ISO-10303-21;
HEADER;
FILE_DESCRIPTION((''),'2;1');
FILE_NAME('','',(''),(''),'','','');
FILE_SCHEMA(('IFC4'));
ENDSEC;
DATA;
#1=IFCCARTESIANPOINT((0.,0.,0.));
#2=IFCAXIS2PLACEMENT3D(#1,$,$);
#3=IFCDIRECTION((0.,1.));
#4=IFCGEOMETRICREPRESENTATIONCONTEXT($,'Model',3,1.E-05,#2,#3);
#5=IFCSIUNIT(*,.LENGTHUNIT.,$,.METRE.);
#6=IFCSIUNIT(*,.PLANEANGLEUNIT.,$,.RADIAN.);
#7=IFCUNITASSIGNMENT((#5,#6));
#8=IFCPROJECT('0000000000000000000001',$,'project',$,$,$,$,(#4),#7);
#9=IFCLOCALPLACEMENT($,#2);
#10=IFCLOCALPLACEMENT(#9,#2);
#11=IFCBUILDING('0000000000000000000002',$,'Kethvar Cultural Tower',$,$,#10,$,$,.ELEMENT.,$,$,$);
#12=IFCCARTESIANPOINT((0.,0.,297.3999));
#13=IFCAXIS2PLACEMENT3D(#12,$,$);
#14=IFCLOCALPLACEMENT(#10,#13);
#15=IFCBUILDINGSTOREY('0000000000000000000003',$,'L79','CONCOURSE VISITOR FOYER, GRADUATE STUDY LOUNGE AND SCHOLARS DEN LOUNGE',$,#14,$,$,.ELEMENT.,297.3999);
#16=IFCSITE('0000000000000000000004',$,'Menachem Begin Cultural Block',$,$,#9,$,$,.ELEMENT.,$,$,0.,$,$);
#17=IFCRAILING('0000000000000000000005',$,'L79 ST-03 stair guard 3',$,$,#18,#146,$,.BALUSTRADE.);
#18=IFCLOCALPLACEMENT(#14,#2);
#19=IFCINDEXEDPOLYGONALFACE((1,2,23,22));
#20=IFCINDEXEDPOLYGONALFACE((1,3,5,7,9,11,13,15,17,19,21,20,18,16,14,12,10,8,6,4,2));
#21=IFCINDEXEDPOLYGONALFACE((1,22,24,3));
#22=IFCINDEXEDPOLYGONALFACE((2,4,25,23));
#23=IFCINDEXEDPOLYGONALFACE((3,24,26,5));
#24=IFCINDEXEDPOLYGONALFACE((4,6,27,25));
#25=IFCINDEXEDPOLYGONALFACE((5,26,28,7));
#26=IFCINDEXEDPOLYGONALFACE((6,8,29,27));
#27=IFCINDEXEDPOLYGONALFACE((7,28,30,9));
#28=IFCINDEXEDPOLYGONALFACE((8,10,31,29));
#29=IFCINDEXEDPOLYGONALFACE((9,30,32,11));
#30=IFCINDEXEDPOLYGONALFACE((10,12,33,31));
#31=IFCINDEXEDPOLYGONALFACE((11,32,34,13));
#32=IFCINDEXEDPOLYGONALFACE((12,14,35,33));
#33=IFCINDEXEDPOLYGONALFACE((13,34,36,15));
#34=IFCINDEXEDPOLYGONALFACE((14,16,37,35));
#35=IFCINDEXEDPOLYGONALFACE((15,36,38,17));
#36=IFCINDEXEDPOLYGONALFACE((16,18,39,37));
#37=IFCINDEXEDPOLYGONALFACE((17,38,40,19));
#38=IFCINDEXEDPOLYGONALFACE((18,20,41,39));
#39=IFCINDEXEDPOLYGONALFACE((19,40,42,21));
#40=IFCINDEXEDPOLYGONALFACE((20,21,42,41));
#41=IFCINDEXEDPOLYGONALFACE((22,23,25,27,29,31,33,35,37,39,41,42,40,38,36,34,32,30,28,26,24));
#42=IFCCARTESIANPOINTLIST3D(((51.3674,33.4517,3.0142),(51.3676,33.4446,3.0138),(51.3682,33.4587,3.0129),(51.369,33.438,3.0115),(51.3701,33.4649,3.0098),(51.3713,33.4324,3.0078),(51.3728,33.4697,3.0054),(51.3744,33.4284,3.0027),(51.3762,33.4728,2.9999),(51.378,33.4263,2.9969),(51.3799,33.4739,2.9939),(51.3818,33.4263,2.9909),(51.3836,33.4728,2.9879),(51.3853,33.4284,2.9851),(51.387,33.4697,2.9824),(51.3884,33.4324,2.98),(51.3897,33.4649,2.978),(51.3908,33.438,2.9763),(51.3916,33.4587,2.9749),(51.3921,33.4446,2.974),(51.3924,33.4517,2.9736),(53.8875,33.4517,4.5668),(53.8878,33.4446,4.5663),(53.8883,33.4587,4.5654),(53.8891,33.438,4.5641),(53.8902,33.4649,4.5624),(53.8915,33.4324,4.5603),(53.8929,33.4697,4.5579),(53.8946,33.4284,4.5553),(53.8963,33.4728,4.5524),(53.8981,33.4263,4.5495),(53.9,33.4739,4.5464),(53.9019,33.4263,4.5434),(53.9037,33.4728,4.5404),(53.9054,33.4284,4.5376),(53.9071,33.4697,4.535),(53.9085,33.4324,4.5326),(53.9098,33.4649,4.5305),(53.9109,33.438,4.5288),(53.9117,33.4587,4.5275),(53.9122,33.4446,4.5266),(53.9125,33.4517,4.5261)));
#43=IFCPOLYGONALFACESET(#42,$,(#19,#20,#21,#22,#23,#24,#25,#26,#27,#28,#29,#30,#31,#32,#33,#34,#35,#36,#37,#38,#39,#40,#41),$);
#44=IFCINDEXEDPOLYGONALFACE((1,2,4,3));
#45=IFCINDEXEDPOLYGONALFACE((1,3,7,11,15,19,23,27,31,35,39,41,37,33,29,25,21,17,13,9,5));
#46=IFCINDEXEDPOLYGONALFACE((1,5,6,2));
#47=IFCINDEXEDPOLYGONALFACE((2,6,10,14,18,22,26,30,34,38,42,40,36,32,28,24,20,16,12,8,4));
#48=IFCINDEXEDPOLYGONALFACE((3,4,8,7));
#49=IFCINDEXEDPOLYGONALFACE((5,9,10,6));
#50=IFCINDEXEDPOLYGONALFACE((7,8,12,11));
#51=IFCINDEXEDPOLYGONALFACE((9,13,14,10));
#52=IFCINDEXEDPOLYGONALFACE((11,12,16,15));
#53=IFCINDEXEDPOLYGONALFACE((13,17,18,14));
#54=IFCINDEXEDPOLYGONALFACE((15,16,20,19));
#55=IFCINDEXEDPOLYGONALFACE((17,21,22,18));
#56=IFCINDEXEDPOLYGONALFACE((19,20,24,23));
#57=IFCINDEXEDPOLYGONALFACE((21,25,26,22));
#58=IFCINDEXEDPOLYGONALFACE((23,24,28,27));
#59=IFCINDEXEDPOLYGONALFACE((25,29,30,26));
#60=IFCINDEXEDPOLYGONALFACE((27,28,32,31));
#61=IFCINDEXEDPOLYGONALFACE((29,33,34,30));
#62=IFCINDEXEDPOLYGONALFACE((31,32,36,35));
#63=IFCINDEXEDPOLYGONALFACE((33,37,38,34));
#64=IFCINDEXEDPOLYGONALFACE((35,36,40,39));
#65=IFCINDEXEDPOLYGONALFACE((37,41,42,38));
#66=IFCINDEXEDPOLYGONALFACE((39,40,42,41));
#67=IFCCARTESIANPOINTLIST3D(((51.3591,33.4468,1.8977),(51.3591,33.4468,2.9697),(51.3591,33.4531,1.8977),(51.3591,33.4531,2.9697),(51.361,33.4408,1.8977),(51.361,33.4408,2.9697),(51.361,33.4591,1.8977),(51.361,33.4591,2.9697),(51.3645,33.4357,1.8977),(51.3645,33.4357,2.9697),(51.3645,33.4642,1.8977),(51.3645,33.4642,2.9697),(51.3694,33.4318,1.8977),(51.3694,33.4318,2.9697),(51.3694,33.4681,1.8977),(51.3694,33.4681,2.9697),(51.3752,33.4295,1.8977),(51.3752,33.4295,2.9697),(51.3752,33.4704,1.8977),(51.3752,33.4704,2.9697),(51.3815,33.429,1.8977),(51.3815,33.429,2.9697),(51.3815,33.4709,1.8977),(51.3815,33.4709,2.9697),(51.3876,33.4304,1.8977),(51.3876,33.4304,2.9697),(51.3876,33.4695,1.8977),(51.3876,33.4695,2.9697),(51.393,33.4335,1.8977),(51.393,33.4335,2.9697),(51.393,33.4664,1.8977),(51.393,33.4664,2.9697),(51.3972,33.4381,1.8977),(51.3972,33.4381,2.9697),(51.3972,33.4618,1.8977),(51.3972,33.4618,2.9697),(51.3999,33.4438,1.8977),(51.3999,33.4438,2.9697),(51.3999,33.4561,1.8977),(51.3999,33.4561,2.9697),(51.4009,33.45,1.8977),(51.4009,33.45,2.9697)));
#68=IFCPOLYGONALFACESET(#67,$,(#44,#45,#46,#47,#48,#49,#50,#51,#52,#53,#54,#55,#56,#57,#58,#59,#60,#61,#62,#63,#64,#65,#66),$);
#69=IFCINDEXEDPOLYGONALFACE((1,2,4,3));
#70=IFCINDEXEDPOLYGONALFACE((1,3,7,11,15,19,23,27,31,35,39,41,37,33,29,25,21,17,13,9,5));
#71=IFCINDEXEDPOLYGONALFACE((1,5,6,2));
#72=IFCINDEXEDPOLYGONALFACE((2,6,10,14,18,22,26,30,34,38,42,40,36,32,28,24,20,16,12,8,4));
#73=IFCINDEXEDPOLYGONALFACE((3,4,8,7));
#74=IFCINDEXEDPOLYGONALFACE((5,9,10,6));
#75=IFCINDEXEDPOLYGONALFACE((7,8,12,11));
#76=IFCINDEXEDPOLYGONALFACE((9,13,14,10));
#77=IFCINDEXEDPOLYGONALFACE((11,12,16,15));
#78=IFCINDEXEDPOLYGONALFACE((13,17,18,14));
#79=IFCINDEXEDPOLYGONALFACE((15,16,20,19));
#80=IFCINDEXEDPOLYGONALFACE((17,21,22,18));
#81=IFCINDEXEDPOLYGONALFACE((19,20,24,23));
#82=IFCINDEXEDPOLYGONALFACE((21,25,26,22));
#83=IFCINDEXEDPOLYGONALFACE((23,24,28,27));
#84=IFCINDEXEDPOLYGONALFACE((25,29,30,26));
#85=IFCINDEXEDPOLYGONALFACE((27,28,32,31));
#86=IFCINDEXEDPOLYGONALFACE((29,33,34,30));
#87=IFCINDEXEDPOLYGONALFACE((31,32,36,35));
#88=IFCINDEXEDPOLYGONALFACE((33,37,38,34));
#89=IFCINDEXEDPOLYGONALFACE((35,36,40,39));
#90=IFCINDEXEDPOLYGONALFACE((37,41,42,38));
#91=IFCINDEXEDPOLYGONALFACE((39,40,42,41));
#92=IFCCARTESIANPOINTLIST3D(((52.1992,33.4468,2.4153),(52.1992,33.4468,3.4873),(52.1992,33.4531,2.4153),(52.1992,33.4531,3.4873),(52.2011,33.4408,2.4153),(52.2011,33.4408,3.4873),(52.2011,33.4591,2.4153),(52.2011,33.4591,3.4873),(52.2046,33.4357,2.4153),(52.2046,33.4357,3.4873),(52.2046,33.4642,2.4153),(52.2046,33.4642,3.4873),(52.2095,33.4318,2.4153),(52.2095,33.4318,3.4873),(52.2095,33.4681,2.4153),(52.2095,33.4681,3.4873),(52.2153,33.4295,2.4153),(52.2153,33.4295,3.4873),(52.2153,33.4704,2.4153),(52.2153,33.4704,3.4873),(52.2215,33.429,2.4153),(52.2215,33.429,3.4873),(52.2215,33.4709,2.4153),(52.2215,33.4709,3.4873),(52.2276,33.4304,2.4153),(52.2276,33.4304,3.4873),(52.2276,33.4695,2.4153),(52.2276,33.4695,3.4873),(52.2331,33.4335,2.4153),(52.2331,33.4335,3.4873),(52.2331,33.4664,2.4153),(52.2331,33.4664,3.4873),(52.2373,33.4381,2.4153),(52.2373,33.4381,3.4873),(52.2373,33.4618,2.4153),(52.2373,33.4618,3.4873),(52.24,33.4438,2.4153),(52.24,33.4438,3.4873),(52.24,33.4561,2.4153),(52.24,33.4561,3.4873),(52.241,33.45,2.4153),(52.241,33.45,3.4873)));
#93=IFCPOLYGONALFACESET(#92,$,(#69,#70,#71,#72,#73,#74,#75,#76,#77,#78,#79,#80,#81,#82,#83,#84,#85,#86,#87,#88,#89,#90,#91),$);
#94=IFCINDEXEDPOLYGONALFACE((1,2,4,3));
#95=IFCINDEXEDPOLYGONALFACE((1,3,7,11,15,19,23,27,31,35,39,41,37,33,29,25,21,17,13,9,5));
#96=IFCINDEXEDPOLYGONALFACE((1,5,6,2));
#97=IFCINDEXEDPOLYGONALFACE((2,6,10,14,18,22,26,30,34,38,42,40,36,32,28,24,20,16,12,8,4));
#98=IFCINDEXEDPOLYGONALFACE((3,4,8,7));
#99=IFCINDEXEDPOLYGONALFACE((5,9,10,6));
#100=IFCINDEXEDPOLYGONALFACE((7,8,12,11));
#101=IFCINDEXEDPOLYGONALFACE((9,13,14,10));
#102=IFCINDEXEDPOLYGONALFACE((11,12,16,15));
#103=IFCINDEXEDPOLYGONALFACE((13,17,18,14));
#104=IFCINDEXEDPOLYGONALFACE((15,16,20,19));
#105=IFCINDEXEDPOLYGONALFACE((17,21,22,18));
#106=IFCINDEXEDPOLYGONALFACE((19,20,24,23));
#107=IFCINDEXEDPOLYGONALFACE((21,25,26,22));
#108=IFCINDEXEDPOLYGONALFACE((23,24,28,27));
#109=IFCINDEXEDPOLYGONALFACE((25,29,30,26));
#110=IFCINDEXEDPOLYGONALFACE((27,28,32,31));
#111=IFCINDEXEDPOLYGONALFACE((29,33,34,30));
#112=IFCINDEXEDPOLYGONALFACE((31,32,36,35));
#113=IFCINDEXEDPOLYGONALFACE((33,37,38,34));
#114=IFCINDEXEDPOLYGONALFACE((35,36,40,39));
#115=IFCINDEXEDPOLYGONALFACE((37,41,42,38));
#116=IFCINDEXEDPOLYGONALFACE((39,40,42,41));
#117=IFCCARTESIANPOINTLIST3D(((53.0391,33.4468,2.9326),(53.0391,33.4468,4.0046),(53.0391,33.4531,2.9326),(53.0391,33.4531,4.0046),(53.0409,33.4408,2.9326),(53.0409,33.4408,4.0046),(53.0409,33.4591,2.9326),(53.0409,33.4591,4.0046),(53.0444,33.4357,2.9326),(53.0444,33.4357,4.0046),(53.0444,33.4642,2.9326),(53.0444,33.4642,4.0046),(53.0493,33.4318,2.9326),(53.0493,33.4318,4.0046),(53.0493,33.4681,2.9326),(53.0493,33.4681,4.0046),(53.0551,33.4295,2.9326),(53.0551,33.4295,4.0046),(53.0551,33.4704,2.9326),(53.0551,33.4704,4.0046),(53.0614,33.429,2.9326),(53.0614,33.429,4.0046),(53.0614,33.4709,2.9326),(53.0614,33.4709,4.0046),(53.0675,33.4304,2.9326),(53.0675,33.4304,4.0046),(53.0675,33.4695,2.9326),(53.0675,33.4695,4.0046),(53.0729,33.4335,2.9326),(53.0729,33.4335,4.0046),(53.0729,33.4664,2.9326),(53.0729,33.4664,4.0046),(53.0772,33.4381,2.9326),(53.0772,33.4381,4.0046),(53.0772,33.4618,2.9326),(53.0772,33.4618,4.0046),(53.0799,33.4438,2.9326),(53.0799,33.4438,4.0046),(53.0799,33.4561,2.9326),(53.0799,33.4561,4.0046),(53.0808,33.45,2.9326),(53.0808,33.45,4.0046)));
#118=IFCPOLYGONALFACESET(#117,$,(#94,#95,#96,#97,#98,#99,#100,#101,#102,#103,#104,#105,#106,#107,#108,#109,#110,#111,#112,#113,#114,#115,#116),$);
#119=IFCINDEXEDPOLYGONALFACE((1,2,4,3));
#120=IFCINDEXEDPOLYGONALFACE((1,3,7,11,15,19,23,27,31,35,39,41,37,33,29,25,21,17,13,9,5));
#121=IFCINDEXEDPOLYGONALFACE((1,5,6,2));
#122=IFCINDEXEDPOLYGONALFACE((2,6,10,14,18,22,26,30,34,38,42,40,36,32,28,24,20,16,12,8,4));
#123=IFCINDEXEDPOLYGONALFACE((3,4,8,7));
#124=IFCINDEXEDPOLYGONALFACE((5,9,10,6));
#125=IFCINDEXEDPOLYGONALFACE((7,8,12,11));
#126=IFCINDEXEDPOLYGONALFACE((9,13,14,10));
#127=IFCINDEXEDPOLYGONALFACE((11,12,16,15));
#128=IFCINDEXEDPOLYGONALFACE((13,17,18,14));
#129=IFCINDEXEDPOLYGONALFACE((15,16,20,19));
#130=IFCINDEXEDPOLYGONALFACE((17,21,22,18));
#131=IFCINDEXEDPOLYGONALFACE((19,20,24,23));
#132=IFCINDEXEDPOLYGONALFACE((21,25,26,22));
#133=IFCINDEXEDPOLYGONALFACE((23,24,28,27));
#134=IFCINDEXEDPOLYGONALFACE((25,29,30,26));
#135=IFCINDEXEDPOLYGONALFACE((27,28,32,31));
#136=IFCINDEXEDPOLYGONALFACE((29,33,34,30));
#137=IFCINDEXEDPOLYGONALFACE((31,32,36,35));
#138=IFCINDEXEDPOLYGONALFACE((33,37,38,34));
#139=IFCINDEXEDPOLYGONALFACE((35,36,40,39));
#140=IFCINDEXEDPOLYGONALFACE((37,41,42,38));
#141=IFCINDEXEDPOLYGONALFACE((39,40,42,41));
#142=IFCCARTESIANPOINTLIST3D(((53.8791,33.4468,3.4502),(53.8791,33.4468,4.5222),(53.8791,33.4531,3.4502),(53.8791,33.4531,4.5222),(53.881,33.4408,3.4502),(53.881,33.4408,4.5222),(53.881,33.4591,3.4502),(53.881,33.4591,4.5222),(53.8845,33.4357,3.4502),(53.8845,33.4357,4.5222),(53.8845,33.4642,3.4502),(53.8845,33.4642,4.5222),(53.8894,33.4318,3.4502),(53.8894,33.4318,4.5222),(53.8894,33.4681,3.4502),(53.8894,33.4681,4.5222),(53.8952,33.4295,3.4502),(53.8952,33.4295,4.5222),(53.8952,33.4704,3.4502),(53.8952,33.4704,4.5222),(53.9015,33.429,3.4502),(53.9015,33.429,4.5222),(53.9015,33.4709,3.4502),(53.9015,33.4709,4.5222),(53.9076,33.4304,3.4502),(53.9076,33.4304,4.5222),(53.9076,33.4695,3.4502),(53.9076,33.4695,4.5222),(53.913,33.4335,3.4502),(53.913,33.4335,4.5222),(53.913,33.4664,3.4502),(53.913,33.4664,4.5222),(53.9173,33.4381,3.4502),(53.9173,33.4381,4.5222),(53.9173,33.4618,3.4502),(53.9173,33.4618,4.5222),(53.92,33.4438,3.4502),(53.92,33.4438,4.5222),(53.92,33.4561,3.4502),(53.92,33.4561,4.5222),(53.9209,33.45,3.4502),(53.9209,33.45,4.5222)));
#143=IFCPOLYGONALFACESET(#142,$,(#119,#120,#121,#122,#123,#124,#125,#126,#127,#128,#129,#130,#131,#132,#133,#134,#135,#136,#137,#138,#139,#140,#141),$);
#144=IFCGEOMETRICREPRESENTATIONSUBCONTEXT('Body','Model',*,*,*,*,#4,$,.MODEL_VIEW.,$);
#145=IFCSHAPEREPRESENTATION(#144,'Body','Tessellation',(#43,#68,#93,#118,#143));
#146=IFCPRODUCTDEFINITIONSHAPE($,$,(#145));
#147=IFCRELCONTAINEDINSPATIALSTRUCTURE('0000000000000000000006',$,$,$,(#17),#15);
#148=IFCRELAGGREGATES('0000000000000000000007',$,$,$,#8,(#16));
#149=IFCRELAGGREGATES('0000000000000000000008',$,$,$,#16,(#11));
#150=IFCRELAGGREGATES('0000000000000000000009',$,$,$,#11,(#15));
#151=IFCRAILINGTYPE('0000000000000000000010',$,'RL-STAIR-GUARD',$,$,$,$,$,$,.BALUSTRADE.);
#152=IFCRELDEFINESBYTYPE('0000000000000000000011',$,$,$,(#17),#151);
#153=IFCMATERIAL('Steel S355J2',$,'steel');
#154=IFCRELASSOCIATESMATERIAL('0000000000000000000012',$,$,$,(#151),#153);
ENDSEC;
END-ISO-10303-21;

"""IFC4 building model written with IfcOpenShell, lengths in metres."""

from ifc_helpers import new_model, si_unit, direction, frame, origin, origin_2d, place, context, subcontext, project, spatial, circle, extrude, material, type_object, element, save


model = new_model("IFC4")

# Units and contexts
model_context = context("Model", 3, precision=1e-05, world=origin(), true_north=direction((0.0, 1.0)))
body_context = subcontext(model_context, "Body", "Model", "MODEL_VIEW")
ifc_project = project(units=[si_unit("LENGTHUNIT", "METRE"), si_unit("PLANEANGLEUNIT", "RADIAN")], contexts=[model_context])

# Site, building, storey
site_placement = place(None, origin())
site = spatial("IfcSite", under=ifc_project, at=site_placement, Name="Menachem Begin Cultural Block", CompositionType="ELEMENT", RefElevation=0.0)
building_placement = place(site_placement, origin())
building = spatial("IfcBuilding", under=site, at=building_placement, Name="Kethvar Cultural Tower", CompositionType="ELEMENT")
storey_placement = place(building_placement, frame((0.0, 0.0, 297.3999)))
storey = spatial("IfcBuildingStorey", under=building, at=storey_placement, Name="L79", Description="CONCOURSE VISITOR FOYER, GRADUATE STUDY LOUNGE AND SCHOLARS DEN LOUNGE", CompositionType="ELEMENT", Elevation=297.3999)

# Shared definitions
ifc_material_1 = material(Name="Steel S355J2", Category="steel")

# Railing
railing_type_1 = type_object("IfcRailingType", Name="RL-STAIR-GUARD", PredefinedType="BALUSTRADE", material=ifc_material_1)
railing_1_placement = place(storey_placement, frame((51.3799, 33.45, 1.8977)))
element("IfcRailing", 1, at=railing_1_placement, inside=storey, type_object=railing_type_1, Name="L79 ST-03 stair guard 3", PredefinedType="BALUSTRADE", context=body_context, shape_type="SweptSolid", body=[
    extrude(circle(Radius=0.0239, at=origin_2d()), frame((0.0, 0.0, 1.0962), z_axis=(0.8514, 0.0, 0.524516), x_axis=(0.0, 1.0, 0.0)), (0.0, 0.0, 1.0), 2.96),
    extrude(circle(Radius=0.021, at=origin_2d()), origin(), (0.0, 0.0, 1.0), 1.072),
    extrude(circle(Radius=0.021, at=origin_2d()), frame((0.8401, 0.0, 0.5176)), (0.0, 0.0, 1.0), 1.072),
    extrude(circle(Radius=0.021, at=origin_2d()), frame((1.6799, 0.0, 1.0349)), (0.0, 0.0, 1.0), 1.072),
    extrude(circle(Radius=0.021, at=origin_2d()), frame((2.52, 0.0, 1.5525)), (0.0, 0.0, 1.0), 1.072),
])

save(model, "model.ifc")
